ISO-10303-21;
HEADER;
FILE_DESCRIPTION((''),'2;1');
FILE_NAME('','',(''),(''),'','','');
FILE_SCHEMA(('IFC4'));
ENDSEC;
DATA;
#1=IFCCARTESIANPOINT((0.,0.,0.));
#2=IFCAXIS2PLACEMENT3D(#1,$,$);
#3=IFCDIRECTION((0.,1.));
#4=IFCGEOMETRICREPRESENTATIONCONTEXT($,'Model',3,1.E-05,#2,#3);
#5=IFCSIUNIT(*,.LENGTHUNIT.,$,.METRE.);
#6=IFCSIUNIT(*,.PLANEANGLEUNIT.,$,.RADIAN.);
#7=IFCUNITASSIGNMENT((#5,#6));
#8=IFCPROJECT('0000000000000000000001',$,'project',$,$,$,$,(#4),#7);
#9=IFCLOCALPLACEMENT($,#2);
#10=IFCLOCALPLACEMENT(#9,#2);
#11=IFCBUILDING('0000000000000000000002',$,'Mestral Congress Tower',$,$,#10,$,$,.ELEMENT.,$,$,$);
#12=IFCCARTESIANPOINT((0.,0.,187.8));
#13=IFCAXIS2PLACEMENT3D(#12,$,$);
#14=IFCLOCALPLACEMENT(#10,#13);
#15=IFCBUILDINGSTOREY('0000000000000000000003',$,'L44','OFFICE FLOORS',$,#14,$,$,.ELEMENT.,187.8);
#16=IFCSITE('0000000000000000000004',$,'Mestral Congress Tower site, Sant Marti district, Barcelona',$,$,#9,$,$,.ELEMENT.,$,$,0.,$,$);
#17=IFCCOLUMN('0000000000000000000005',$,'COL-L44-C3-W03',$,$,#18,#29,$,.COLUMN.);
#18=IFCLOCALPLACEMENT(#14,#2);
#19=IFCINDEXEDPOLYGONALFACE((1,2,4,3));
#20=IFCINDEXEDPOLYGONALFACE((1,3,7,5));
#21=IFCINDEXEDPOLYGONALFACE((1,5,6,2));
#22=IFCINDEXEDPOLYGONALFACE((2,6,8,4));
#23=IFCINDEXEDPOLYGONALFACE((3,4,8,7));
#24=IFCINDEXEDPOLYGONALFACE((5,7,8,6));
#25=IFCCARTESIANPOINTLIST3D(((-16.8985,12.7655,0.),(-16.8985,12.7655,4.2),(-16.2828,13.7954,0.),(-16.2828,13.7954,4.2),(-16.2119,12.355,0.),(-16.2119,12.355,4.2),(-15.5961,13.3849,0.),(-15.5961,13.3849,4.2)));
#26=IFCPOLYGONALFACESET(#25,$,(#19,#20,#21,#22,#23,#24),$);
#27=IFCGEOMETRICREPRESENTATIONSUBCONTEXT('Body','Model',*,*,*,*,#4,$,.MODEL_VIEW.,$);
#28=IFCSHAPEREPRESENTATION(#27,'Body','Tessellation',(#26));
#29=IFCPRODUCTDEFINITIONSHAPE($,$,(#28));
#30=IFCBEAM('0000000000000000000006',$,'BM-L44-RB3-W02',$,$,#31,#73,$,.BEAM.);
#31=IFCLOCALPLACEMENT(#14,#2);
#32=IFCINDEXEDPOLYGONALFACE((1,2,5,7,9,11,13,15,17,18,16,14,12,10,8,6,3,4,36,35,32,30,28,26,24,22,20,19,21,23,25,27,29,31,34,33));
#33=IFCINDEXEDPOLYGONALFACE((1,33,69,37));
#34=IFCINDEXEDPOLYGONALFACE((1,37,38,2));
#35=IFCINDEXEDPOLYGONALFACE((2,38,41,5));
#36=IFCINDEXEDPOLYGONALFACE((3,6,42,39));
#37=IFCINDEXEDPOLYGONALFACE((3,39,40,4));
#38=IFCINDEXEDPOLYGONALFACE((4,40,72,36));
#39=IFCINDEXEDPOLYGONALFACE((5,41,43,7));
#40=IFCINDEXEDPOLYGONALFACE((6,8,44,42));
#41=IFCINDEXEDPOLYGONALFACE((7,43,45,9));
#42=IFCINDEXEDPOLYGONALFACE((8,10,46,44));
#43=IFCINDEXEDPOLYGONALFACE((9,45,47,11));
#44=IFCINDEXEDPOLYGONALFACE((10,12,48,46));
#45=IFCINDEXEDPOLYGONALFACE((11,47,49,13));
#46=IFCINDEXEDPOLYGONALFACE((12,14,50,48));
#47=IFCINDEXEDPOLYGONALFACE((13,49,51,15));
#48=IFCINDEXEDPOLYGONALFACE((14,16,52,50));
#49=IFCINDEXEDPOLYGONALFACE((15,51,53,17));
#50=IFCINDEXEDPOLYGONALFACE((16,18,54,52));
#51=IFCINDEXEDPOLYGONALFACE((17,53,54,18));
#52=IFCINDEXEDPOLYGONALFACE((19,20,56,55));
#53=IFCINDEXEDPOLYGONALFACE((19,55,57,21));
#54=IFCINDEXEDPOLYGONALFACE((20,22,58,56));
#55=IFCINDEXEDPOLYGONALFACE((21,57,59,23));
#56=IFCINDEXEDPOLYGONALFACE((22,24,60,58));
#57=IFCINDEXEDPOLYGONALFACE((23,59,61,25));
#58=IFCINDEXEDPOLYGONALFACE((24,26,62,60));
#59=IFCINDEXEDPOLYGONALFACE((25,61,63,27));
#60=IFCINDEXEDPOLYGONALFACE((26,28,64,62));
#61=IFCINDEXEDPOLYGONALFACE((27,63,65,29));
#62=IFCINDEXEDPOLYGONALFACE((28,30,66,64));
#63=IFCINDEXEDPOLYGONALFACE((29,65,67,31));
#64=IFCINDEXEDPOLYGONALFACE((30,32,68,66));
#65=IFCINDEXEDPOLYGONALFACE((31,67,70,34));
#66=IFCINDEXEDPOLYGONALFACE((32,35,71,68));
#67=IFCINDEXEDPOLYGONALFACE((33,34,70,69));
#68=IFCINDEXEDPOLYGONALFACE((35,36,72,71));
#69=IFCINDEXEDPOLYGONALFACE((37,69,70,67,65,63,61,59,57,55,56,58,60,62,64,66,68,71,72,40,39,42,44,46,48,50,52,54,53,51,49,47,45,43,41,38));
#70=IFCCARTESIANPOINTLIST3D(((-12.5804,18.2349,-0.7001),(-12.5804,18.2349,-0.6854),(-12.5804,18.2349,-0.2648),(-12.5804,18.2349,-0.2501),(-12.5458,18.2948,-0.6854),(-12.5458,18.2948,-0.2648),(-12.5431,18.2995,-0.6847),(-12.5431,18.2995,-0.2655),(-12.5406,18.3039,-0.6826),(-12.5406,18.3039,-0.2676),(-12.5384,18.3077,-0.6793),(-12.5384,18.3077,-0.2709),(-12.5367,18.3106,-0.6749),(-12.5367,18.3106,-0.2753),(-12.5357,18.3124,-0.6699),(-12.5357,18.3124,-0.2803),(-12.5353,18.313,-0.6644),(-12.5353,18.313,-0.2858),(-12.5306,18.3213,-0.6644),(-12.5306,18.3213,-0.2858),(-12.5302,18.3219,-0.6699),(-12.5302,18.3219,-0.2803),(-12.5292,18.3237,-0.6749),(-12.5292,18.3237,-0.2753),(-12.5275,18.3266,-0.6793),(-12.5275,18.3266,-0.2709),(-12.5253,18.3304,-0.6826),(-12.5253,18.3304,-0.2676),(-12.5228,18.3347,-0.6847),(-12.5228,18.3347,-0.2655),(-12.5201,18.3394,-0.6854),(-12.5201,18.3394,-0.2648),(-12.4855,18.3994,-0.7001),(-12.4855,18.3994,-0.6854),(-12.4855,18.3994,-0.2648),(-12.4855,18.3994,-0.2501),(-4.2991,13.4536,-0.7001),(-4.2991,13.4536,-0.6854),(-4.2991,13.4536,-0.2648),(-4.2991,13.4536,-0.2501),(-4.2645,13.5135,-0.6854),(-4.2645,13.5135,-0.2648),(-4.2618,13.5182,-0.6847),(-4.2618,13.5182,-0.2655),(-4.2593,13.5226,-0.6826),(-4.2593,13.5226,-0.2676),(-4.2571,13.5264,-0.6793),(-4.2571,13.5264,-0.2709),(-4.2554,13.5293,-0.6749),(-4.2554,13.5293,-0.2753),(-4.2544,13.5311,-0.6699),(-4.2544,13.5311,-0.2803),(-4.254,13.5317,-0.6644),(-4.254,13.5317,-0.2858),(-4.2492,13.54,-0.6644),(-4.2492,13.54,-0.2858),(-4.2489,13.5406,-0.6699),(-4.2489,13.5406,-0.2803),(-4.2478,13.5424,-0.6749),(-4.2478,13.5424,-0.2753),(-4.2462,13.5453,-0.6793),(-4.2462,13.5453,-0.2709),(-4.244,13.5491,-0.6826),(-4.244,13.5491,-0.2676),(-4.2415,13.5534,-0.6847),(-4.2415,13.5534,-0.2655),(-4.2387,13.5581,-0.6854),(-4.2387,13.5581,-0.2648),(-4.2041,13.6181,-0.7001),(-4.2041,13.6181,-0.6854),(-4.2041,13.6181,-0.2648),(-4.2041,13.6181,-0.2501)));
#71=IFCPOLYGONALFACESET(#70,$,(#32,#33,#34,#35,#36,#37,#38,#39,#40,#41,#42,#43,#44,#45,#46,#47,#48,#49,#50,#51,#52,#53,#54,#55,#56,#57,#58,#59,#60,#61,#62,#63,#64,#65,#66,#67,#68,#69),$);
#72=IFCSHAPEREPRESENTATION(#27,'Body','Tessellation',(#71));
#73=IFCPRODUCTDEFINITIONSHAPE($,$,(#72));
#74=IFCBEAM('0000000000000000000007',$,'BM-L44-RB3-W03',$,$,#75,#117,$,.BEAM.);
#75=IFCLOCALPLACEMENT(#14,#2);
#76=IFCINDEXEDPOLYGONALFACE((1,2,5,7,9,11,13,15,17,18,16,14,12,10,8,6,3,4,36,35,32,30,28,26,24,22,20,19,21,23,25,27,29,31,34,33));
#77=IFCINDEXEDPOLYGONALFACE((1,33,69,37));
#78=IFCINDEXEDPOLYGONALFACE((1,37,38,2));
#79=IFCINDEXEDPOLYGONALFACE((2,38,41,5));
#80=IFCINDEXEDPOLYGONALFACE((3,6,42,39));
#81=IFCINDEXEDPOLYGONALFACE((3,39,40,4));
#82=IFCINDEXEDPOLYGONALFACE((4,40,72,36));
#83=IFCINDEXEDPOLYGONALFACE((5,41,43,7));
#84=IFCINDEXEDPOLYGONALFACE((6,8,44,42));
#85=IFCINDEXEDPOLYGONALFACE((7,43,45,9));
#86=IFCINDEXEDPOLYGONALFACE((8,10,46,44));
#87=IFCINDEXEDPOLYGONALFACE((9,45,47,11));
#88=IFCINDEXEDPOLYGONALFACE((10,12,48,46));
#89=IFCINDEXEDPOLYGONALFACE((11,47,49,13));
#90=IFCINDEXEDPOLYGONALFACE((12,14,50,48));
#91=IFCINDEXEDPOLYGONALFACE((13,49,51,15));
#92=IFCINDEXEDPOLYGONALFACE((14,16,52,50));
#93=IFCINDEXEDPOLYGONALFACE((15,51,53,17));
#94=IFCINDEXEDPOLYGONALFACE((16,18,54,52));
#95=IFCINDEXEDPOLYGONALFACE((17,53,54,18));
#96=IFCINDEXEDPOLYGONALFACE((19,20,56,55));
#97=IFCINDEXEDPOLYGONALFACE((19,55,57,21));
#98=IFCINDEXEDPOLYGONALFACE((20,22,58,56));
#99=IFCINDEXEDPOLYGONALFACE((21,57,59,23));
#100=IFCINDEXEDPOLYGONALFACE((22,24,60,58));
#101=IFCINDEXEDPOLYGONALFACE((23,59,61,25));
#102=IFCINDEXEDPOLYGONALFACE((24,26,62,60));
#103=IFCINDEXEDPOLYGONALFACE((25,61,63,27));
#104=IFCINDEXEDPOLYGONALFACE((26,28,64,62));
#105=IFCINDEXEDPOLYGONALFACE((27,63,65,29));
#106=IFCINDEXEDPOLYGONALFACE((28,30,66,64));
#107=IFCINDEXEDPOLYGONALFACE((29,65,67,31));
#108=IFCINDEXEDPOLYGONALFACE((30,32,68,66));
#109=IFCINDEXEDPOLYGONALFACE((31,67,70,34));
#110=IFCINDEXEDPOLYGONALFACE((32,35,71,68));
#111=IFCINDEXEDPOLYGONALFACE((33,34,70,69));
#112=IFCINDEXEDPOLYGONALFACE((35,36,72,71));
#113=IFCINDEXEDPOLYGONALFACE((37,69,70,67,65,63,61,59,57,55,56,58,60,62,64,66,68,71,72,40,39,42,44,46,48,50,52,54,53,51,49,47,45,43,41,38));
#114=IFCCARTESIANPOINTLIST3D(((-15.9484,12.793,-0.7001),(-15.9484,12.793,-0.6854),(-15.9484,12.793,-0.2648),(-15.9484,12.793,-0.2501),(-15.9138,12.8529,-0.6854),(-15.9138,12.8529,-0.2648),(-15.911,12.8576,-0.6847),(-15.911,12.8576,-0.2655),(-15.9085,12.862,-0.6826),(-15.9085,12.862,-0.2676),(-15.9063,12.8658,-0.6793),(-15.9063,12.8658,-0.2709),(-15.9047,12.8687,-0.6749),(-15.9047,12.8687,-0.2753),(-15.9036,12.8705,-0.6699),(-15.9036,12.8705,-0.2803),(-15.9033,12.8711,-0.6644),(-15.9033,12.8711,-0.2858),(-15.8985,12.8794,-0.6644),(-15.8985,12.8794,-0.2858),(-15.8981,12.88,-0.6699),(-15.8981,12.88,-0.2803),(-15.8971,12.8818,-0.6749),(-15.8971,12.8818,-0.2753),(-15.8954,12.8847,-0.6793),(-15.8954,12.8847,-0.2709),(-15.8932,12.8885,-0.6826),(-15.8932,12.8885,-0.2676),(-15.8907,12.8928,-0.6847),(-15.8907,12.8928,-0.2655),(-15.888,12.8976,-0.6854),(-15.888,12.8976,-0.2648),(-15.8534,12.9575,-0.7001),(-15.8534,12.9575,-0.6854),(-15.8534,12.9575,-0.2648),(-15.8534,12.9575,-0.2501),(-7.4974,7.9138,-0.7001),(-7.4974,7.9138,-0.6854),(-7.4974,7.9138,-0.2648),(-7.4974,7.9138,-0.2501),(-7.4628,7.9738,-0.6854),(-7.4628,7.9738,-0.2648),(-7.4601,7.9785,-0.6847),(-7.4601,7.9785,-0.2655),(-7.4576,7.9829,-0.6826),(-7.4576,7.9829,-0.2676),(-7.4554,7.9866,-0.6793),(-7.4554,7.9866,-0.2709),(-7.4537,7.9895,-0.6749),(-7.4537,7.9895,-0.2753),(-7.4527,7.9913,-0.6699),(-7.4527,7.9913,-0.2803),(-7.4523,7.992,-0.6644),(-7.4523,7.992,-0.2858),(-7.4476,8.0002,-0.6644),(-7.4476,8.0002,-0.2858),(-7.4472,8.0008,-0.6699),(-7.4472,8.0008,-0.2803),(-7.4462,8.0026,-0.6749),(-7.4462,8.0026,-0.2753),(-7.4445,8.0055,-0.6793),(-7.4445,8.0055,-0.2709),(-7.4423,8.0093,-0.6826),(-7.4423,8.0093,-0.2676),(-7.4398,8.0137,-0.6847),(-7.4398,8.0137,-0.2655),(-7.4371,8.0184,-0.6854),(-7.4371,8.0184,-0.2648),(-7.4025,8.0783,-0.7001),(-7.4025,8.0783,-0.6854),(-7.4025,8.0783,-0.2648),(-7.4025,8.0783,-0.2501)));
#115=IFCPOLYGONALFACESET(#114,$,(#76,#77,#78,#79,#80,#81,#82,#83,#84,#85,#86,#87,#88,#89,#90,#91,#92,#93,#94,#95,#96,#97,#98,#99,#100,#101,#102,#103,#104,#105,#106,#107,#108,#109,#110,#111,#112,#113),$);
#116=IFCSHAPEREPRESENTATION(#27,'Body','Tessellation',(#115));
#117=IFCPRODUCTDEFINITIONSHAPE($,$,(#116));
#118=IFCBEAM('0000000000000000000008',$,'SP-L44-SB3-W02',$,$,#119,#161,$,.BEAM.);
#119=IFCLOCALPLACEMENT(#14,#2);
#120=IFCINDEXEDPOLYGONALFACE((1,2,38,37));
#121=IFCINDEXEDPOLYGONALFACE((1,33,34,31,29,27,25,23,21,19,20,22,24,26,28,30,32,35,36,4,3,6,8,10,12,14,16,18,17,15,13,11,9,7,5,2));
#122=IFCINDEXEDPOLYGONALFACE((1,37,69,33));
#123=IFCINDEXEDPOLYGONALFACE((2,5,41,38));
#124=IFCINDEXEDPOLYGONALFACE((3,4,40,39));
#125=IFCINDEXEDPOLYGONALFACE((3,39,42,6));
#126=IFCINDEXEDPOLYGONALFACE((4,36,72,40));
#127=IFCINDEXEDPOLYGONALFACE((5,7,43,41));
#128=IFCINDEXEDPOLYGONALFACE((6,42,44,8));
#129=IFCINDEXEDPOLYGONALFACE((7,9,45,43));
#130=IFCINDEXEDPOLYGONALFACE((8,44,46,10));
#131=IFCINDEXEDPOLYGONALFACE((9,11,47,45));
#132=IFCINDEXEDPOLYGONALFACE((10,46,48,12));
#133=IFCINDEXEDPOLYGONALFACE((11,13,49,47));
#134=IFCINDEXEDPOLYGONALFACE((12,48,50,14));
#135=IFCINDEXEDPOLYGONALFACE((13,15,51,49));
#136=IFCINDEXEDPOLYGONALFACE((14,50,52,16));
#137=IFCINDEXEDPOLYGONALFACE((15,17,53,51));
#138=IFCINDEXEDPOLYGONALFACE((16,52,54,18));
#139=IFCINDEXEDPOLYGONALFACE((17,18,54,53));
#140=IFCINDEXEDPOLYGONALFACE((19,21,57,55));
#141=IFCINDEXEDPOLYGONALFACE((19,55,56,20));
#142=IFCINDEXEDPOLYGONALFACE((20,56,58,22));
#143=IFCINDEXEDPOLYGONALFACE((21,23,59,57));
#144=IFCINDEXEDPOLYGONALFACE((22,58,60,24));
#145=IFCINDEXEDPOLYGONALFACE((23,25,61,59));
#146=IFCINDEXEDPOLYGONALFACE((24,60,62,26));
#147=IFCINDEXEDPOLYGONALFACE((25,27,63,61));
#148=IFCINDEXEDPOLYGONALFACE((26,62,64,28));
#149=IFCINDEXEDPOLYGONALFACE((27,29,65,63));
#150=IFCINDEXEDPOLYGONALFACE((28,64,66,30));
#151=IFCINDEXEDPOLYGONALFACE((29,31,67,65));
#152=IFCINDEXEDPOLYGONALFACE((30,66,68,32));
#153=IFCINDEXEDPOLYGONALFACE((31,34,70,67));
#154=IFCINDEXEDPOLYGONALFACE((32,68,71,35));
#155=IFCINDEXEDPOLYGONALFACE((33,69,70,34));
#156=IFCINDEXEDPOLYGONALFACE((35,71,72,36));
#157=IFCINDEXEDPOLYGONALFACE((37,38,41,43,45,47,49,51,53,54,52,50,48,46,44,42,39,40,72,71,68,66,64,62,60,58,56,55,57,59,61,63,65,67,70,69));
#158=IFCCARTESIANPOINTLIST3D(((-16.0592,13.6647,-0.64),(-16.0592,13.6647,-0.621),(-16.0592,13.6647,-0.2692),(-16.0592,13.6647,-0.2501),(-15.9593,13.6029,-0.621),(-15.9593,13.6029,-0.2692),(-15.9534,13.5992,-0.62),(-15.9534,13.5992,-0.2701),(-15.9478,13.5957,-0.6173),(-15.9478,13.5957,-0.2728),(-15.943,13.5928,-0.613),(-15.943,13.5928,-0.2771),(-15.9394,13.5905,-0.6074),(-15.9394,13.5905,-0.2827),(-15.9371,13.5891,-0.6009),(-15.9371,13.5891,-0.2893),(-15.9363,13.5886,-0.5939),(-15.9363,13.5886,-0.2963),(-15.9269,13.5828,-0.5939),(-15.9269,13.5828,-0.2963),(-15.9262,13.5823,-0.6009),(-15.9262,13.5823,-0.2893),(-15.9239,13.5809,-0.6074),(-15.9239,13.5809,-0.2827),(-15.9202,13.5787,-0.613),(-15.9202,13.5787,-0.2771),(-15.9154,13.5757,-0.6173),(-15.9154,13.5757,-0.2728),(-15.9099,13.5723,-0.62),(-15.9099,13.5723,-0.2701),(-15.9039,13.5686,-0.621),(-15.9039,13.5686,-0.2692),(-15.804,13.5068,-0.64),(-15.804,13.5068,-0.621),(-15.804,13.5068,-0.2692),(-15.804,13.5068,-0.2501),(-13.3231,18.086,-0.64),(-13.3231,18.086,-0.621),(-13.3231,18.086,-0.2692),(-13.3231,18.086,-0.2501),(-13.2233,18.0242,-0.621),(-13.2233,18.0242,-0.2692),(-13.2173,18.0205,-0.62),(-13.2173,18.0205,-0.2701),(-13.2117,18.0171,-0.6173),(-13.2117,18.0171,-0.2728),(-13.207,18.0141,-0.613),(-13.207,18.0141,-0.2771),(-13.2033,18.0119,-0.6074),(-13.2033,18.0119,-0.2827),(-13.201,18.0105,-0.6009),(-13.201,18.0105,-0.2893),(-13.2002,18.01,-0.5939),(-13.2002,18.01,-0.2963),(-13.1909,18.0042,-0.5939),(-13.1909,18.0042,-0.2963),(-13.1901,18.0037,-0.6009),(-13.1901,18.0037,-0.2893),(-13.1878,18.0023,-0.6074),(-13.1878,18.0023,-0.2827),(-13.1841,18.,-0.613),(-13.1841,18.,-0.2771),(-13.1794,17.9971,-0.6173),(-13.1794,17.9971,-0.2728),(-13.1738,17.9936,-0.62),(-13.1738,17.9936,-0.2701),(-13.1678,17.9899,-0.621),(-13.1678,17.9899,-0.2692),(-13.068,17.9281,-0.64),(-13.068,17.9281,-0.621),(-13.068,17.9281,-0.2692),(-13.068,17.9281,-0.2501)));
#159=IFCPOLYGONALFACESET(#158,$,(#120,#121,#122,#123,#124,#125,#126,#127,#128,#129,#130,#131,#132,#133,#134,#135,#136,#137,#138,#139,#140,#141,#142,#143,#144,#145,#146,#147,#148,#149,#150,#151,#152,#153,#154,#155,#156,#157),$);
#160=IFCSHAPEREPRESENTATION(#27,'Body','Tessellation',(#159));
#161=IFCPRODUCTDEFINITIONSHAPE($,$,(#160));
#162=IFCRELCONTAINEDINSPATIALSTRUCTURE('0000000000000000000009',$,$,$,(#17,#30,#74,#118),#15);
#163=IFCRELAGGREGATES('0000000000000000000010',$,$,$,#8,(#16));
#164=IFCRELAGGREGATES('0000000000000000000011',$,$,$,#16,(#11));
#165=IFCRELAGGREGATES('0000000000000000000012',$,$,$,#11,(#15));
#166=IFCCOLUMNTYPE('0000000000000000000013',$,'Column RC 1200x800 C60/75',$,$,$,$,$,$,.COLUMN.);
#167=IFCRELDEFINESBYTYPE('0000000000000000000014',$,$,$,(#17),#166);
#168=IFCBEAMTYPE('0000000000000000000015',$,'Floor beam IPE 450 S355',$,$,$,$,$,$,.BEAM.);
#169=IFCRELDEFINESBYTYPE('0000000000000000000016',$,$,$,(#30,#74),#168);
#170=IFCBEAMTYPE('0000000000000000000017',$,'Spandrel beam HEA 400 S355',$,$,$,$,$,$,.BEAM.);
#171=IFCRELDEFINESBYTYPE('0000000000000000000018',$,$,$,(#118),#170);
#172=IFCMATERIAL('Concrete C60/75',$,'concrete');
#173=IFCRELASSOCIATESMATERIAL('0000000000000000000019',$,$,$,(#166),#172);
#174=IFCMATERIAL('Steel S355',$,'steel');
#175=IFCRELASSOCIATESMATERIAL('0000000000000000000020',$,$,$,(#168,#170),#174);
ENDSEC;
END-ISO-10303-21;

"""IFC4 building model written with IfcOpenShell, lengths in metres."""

from ifc_helpers import new_model, si_unit, direction, frame, origin, origin_2d, place, context, subcontext, project, spatial, rectangle, i_section, extrude, material, material_profile, profile_set, type_object, element, save


model = new_model("IFC4")

# Units and contexts
model_context = context("Model", 3, precision=1e-05, world=origin(), true_north=direction((0.0, 1.0)))
body_context = subcontext(model_context, "Body", "Model", "MODEL_VIEW")
ifc_project = project(units=[si_unit("LENGTHUNIT", "METRE"), si_unit("PLANEANGLEUNIT", "RADIAN")], contexts=[model_context])

# Site, building, storey
site_placement = place(None, origin())
site = spatial("IfcSite", under=ifc_project, at=site_placement, Name="Mestral Congress Tower site, Sant Marti district, Barcelona", CompositionType="ELEMENT", RefElevation=0.0)
building_placement = place(site_placement, origin())
building = spatial("IfcBuilding", under=site, at=building_placement, Name="Mestral Congress Tower", CompositionType="ELEMENT")
storey_placement = place(building_placement, frame((0.0, 0.0, 187.8)))
storey = spatial("IfcBuildingStorey", under=building, at=storey_placement, Name="L44", Description="OFFICE FLOORS", CompositionType="ELEMENT", Elevation=187.8)

# Column
ifc_material_1 = material(Name="Concrete C60/75", Category="concrete")
ifc_material_profile_1 = material_profile(ifc_material_1, rectangle(XDim=1.2, YDim=0.8, at=origin_2d()), Name="RC 1200x800")
ifc_profile_set_1 = profile_set([ifc_material_profile_1], Name="Concrete C60/75")
column_type = type_object("IfcColumnType", Name="Column RC 1200x800 C60/75", PredefinedType="COLUMN", material=ifc_profile_set_1)
column_placement = place(storey_placement, frame((-16.2473, 13.0752, 0.0), z_axis=(0.0, 0.0, 1.0), x_axis=(-0.513159, -0.858293, 0.0)))
element("IfcColumn", 1, at=column_placement, inside=storey, type_object=column_type, Name="COL-L44-C3-W03", PredefinedType="COLUMN", context=body_context, shape_type="SweptSolid", body=[
    extrude(rectangle(XDim=1.2, YDim=0.8, at=origin_2d()), origin(), (0.0, 0.0, 1.0), 4.2),
])

# Beams
ifc_material_2 = material(Name="Steel S355", Category="steel")
ifc_material_profile_2 = material_profile(ifc_material_2, i_section(OverallWidth=0.1899, OverallDepth=0.45, WebThickness=0.0095, FlangeThickness=0.0146, FilletRadius=0.021, at=origin_2d()), Name="IPE 450")
ifc_profile_set_2 = profile_set([ifc_material_profile_2], Name="Steel S355")
beam_type_1 = type_object("IfcBeamType", Name="Floor beam IPE 450 S355", PredefinedType="BEAM", material=ifc_profile_set_2)
beam_1_placement = place(storey_placement, frame((-12.533, 18.3171, -0.4751), z_axis=(0.866022, -0.500005, 0.0), x_axis=(0.500005, 0.866022, 0.0)))
element("IfcBeam", 2, at=beam_1_placement, inside=storey, type_object=beam_type_1, Name="BM-L44-RB3-W02", PredefinedType="BEAM", context=body_context, shape_type="SweptSolid", body=[
    extrude(i_section(OverallWidth=0.1899, OverallDepth=0.45, WebThickness=0.0095, FlangeThickness=0.0146, FilletRadius=0.021, at=origin_2d()), origin(), (0.0, 0.0, 1.0), 9.5625),
])
beam_2_placement = place(storey_placement, frame((-15.9009, 12.8752, -0.4751), z_axis=(0.866025, -0.5, 0.0), x_axis=(0.5, 0.866025, 0.0)))
element("IfcBeam", 3, at=beam_2_placement, inside=storey, type_object=beam_type_1, Name="BM-L44-RB3-W03", PredefinedType="BEAM", context=body_context, shape_type="SweptSolid", body=[
    extrude(i_section(OverallWidth=0.1899, OverallDepth=0.45, WebThickness=0.0095, FlangeThickness=0.0146, FilletRadius=0.021, at=origin_2d()), origin(), (0.0, 0.0, 1.0), 9.7583),
])
ifc_material_profile_3 = material_profile(ifc_material_2, i_section(OverallWidth=0.3, OverallDepth=0.3899, WebThickness=0.011, FlangeThickness=0.019, FilletRadius=0.0271, at=origin_2d()), Name="HEA 400")
ifc_profile_set_3 = profile_set([ifc_material_profile_3], Name="Steel S355")
beam_type_2 = type_object("IfcBeamType", Name="Spandrel beam HEA 400 S355", PredefinedType="BEAM", material=ifc_profile_set_3)
beam_3_placement = place(storey_placement, frame((-13.1956, 18.0071, -0.4451), z_axis=(-0.52622, -0.850348, 0.0), x_axis=(0.850348, -0.52622, 0.0)))
element("IfcBeam", 4, at=beam_3_placement, inside=storey, type_object=beam_type_2, Name="SP-L44-SB3-W02", PredefinedType="BEAM", context=body_context, shape_type="SweptSolid", body=[
    extrude(i_section(OverallWidth=0.3, OverallDepth=0.3899, WebThickness=0.011, FlangeThickness=0.019, FilletRadius=0.0271, at=origin_2d()), origin(), (0.0, 0.0, 1.0), 5.1995),
])

save(model, "model.ifc")
